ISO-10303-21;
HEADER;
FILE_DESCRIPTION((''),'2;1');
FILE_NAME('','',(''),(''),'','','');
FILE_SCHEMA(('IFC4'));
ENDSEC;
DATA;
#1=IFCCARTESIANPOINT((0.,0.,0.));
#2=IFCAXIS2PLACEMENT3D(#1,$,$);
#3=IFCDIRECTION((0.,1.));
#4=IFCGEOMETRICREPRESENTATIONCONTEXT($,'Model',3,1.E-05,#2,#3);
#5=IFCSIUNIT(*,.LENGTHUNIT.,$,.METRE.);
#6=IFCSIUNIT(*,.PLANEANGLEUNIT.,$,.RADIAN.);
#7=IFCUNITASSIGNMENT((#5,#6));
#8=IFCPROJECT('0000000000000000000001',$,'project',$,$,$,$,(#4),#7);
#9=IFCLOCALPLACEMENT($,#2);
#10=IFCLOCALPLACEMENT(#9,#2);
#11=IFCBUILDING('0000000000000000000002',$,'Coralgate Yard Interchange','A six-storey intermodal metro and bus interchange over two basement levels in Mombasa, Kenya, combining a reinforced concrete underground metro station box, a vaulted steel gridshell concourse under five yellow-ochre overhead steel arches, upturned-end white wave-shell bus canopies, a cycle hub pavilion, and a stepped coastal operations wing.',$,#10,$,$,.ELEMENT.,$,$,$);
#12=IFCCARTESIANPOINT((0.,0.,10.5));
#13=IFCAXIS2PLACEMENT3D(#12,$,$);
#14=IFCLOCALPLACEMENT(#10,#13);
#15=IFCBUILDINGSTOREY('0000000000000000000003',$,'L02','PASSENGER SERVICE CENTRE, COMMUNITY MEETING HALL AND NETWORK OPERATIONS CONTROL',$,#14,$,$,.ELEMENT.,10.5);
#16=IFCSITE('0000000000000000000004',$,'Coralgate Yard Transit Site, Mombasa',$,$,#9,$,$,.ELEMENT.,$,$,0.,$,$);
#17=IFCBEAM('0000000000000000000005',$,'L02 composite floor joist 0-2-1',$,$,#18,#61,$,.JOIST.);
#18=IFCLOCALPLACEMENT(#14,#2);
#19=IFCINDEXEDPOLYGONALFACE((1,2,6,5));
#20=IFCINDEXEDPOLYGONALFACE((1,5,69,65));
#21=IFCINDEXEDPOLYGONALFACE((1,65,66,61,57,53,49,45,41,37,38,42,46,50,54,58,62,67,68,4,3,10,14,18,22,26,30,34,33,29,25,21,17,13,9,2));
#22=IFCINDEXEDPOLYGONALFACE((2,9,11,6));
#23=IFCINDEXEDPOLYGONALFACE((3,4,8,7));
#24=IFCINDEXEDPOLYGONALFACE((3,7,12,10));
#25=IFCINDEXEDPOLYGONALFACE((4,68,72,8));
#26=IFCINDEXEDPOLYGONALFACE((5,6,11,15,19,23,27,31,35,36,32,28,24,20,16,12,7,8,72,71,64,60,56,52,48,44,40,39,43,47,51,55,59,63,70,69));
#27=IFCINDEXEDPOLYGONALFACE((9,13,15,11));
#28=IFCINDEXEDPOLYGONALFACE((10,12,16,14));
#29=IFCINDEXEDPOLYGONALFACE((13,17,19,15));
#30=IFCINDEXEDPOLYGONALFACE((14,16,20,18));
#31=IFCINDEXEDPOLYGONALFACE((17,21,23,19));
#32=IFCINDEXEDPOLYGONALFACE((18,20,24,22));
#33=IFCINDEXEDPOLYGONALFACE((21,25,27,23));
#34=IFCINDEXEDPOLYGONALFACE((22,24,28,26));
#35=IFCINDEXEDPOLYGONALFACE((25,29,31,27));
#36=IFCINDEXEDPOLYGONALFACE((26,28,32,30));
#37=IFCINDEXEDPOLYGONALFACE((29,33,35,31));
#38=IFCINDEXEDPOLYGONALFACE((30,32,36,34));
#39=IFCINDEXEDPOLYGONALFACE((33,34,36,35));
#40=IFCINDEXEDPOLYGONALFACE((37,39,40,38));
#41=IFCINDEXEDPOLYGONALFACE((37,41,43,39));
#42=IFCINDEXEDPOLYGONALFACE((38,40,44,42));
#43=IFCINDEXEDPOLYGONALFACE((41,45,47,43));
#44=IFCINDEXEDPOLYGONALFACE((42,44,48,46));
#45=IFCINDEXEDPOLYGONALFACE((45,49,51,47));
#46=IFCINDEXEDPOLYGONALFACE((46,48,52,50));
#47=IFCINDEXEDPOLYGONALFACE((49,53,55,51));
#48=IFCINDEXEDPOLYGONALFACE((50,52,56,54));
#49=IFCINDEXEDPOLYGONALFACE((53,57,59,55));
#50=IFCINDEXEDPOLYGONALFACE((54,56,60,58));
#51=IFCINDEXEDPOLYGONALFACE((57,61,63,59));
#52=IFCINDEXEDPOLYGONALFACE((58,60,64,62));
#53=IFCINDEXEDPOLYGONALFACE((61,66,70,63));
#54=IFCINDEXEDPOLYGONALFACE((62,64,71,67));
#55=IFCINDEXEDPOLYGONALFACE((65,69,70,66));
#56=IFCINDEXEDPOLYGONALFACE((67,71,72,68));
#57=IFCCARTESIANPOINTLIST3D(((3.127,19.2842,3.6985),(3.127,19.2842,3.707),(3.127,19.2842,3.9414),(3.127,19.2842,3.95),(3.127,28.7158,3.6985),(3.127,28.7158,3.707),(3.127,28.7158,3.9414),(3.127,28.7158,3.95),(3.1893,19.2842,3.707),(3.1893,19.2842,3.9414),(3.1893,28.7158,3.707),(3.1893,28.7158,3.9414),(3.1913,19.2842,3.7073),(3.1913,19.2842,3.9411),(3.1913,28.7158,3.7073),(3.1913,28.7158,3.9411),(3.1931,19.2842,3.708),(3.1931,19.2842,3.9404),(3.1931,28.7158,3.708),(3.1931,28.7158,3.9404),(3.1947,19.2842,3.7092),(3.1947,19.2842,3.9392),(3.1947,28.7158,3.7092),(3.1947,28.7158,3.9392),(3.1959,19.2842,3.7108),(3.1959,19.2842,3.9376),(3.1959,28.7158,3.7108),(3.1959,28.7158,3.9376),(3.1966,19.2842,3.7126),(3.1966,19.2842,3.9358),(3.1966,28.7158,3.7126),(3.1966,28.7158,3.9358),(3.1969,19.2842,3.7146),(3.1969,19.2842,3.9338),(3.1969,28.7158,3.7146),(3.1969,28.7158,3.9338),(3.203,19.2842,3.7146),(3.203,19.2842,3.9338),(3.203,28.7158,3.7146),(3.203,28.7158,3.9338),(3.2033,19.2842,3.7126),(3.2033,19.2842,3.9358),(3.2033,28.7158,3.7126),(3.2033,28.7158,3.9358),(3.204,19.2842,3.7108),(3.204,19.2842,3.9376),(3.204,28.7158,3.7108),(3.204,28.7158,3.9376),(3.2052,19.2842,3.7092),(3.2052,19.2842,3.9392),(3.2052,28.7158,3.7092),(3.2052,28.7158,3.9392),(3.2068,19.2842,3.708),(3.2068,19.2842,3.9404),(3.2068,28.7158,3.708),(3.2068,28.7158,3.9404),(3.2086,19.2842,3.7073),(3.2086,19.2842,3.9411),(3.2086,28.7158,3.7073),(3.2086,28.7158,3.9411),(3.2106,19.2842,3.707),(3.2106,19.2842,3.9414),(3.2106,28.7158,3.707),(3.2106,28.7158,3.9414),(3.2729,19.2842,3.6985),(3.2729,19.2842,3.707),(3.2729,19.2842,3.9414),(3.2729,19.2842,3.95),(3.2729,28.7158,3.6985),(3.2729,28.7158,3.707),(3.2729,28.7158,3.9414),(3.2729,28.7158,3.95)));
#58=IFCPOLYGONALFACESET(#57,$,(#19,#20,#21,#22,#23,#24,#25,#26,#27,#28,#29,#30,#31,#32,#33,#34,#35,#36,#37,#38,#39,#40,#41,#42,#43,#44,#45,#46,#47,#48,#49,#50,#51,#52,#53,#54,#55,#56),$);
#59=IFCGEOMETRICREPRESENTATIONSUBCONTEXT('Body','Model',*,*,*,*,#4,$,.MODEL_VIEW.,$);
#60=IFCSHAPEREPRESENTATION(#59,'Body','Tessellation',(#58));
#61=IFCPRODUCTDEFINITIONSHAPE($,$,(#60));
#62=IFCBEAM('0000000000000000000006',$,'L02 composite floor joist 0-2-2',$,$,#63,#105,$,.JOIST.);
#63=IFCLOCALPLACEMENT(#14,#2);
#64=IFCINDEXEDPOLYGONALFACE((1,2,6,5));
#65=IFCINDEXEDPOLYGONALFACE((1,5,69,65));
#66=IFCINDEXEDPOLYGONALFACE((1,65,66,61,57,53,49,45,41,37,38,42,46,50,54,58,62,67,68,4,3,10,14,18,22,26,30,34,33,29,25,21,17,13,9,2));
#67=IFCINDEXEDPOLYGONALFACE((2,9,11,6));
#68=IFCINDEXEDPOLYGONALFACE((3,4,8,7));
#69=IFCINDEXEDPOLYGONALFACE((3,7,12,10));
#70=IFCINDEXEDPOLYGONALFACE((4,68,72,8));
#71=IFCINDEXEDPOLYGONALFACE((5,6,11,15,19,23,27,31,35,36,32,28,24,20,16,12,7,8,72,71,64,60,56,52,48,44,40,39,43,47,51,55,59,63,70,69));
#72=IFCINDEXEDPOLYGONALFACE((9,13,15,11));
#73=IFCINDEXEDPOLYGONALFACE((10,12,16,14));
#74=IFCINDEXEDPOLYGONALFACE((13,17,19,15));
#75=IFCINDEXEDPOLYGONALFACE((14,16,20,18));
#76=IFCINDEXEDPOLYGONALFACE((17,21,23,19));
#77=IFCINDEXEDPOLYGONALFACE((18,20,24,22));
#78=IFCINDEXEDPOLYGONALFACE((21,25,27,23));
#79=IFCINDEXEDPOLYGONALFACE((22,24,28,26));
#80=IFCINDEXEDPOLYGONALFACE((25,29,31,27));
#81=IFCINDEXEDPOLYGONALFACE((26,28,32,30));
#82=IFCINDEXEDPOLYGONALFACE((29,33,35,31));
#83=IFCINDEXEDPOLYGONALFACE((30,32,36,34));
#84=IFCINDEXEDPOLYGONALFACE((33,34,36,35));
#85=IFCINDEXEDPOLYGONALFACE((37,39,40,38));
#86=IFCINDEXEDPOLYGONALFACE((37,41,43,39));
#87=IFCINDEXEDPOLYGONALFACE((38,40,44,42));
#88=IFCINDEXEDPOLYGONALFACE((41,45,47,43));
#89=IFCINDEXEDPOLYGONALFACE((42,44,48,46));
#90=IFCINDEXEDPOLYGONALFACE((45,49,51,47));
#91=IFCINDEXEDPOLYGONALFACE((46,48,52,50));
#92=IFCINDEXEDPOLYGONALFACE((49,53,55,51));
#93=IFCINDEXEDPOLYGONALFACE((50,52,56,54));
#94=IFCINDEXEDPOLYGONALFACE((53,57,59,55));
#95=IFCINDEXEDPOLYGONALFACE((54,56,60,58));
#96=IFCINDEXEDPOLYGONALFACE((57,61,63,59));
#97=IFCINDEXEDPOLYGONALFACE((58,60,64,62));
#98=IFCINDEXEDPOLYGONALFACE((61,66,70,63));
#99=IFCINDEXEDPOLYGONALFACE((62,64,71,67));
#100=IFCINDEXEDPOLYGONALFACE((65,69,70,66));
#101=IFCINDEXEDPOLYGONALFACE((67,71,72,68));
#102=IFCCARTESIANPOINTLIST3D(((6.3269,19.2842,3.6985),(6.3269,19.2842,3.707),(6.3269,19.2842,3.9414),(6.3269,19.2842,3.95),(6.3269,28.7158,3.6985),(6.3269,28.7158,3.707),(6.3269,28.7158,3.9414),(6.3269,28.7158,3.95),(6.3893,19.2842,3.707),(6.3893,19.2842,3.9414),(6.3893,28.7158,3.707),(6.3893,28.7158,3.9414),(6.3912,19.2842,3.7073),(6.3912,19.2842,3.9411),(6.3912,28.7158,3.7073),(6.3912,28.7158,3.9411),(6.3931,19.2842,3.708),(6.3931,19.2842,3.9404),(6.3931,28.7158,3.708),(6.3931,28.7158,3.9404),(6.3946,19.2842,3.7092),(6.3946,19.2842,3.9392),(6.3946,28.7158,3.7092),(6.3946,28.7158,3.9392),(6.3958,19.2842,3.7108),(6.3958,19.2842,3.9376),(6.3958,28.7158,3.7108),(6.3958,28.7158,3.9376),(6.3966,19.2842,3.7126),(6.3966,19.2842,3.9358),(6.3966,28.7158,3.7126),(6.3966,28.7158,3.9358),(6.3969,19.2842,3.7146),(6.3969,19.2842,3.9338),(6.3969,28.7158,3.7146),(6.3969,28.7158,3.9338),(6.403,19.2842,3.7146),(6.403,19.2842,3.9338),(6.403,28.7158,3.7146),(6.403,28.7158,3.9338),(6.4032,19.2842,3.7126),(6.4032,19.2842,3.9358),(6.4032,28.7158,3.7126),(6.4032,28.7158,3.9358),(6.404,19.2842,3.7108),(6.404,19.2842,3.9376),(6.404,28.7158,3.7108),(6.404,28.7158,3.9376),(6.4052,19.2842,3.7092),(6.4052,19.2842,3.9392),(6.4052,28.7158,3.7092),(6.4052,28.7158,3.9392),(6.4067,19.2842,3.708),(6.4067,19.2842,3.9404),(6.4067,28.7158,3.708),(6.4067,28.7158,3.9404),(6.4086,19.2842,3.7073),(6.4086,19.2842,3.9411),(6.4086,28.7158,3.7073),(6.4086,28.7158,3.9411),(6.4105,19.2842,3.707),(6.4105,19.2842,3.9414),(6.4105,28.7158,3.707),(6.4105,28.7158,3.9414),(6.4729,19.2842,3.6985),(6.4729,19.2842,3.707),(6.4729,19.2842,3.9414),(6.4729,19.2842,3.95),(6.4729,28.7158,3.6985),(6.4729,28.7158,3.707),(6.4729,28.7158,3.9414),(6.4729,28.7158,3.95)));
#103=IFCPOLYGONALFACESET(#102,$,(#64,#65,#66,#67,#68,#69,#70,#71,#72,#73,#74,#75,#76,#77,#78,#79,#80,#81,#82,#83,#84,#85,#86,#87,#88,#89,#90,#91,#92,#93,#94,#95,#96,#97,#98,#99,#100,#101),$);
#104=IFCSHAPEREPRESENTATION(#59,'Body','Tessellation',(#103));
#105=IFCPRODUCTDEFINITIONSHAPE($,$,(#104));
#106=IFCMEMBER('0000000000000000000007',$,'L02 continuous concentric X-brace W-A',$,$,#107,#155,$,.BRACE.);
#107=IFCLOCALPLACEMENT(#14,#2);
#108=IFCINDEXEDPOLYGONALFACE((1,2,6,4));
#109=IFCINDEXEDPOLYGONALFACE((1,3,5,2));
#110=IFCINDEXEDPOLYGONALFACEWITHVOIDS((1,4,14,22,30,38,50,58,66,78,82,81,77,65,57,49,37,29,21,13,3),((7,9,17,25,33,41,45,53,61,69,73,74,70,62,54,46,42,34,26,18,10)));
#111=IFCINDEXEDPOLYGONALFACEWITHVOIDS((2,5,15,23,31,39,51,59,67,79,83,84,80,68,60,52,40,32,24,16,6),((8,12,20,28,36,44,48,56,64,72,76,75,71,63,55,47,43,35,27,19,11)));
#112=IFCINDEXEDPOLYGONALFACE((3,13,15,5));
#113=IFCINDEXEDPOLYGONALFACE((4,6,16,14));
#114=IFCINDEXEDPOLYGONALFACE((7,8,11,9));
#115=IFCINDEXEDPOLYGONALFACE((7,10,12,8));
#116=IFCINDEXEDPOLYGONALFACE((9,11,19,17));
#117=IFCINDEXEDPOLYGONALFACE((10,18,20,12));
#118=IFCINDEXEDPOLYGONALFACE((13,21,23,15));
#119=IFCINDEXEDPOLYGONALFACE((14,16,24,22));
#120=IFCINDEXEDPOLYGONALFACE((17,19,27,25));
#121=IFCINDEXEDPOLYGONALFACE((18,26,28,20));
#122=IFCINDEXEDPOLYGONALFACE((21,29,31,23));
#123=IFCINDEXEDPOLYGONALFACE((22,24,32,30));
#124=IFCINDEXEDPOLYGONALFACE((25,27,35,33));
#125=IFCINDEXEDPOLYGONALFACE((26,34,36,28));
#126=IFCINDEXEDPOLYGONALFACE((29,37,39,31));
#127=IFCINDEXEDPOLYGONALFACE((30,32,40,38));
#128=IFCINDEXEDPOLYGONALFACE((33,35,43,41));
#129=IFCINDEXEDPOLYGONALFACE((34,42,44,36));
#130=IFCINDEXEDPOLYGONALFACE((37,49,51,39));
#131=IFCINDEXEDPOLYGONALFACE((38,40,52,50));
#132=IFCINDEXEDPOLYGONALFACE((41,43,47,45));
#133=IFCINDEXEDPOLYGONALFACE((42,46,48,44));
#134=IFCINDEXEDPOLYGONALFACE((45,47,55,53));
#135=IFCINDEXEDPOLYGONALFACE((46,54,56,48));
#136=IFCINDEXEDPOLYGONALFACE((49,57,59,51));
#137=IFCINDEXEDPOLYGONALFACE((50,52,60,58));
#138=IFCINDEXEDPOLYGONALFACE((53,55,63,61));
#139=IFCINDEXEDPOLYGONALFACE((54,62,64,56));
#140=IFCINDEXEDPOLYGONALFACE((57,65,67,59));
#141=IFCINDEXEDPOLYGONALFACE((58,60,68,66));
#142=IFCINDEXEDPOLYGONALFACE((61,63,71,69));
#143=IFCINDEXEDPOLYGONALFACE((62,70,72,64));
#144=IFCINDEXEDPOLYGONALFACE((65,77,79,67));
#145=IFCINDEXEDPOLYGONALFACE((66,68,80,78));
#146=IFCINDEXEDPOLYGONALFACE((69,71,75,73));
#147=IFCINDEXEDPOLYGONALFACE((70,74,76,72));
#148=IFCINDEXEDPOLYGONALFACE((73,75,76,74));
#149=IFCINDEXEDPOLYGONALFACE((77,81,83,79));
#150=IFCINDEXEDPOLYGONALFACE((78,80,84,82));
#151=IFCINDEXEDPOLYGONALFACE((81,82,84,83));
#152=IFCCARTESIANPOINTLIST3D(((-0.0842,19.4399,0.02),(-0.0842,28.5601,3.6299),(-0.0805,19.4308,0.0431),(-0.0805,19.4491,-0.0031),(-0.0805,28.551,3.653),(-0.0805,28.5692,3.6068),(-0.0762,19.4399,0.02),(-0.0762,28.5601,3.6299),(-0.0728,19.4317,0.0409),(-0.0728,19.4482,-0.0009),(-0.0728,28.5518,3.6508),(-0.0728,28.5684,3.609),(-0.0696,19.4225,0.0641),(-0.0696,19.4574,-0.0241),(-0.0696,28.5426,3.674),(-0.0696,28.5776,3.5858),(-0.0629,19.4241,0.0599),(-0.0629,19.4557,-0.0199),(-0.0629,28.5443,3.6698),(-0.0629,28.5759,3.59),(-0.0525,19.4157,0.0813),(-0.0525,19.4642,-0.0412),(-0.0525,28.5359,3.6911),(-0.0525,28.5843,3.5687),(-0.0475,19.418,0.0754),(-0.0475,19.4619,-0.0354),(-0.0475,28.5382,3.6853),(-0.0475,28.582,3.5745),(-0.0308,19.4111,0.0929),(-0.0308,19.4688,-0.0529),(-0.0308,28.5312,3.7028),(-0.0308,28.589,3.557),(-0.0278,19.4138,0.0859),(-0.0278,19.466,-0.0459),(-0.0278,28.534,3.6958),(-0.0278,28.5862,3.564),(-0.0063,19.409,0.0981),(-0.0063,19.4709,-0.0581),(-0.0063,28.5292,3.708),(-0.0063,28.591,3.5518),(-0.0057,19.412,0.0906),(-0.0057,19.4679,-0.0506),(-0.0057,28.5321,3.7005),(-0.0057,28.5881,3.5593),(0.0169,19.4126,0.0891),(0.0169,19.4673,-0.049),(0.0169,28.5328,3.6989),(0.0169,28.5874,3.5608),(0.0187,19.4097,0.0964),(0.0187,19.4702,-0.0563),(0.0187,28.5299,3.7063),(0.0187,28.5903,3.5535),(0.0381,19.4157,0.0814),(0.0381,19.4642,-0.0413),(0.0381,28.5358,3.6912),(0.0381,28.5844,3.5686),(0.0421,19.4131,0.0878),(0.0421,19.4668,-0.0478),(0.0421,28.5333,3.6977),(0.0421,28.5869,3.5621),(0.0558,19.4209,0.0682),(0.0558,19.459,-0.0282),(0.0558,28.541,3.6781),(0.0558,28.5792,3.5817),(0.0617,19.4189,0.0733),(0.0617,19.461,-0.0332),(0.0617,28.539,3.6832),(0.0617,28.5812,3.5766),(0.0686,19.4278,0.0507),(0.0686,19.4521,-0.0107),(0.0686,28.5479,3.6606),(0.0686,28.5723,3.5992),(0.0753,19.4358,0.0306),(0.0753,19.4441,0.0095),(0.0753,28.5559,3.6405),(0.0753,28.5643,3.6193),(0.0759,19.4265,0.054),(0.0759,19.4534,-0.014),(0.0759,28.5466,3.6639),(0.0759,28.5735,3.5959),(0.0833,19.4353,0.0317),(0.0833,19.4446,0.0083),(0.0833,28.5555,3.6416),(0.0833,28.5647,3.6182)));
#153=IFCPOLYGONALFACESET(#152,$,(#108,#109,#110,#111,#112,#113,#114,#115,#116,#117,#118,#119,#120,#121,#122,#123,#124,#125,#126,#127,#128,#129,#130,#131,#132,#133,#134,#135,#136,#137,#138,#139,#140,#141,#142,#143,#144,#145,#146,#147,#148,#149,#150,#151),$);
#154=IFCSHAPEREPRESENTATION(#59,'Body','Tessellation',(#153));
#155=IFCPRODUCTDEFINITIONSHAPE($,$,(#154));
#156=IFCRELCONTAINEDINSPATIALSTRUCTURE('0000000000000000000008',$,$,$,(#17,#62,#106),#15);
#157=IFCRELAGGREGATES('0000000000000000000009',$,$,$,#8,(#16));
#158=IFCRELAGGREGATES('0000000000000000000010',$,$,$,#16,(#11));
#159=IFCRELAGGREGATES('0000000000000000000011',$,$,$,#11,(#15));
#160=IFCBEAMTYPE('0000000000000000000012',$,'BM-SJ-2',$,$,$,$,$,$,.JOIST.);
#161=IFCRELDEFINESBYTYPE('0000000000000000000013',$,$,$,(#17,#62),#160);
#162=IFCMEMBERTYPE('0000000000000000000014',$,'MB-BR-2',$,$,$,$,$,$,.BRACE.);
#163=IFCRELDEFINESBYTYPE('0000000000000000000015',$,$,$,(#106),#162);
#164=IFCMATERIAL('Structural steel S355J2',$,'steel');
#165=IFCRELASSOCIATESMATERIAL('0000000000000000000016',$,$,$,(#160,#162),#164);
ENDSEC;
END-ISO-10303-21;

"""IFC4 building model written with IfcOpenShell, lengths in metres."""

from ifc_helpers import new_model, si_unit, direction, frame, origin, origin_2d, place, context, subcontext, project, spatial, hollow_circle, i_section, extrude, material, material_profile, profile_set, type_object, element, save


model = new_model("IFC4")

# Units and contexts
model_context = context("Model", 3, precision=1e-05, world=origin(), true_north=direction((0.0, 1.0)))
body_context = subcontext(model_context, "Body", "Model", "MODEL_VIEW")
ifc_project = project(units=[si_unit("LENGTHUNIT", "METRE"), si_unit("PLANEANGLEUNIT", "RADIAN")], contexts=[model_context])

# Site, building, storey
site_placement = place(None, origin())
site = spatial("IfcSite", under=ifc_project, at=site_placement, Name="Coralgate Yard Transit Site, Mombasa", CompositionType="ELEMENT", RefElevation=0.0)
building_placement = place(site_placement, origin())
building = spatial("IfcBuilding", under=site, at=building_placement, Name="Coralgate Yard Interchange", Description="A six-storey intermodal metro and bus interchange over two basement levels in Mombasa, Kenya, combining a reinforced concrete underground metro station box, a vaulted steel gridshell concourse under five yellow-ochre overhead steel arches, upturned-end white wave-shell bus canopies, a cycle hub pavilion, and a stepped coastal operations wing.", CompositionType="ELEMENT")
storey_placement = place(building_placement, frame((0.0, 0.0, 10.5)))
storey = spatial("IfcBuildingStorey", under=building, at=storey_placement, Name="L02", Description="PASSENGER SERVICE CENTRE, COMMUNITY MEETING HALL AND NETWORK OPERATIONS CONTROL", CompositionType="ELEMENT", Elevation=10.5)

# Shared definitions
ifc_material_1 = material(Name="Structural steel S355J2", Category="steel")

# Beams
ifc_material_profile_1 = material_profile(ifc_material_1, i_section(OverallWidth=0.146, OverallDepth=0.2515, WebThickness=0.0061, FlangeThickness=0.0085, FilletRadius=0.0076, at=origin_2d()), Name="UB 254x146x31")
ifc_profile_set_1 = profile_set([ifc_material_profile_1], Name="Structural steel S355J2")
beam_type_1 = type_object("IfcBeamType", Name="BM-SJ-2", PredefinedType="JOIST", material=ifc_profile_set_1)
for number, where, z_axis, x_axis, name in (
    (1, (3.2, 19.2842, 3.8242), (0.0, 1.0, 0.0), (-1.0, 0.0, 0.0), "L02 composite floor joist 0-2-1"),
    (2, (6.3999, 19.2842, 3.8242), (0.0, 1.0, 0.0), (-1.0, 0.0, 0.0), "L02 composite floor joist 0-2-2"),
):
    element("IfcBeam", number, at=place(storey_placement, frame(where, z_axis=z_axis, x_axis=x_axis)), inside=storey, type_object=beam_type_1, Name=name, PredefinedType="JOIST", context=body_context, shape_type="SweptSolid", body=[
        extrude(i_section(OverallWidth=0.146, OverallDepth=0.2515, WebThickness=0.0061, FlangeThickness=0.0085, FilletRadius=0.0076, at=origin_2d()), origin(), (0.0, 0.0, 1.0), 9.4316),
    ])

# Member
ifc_material_profile_2 = material_profile(ifc_material_1, hollow_circle(Radius=0.0842, WallThickness=0.0081, at=origin_2d()), Name="CHS 168.3x8")
ifc_profile_set_2 = profile_set([ifc_material_profile_2], Name="Structural steel S355J2")
member_type_1 = type_object("IfcMemberType", Name="MB-BR-2", PredefinedType="BRACE", material=ifc_profile_set_2)
member_1_placement = place(storey_placement, frame((0.0, 19.4399, 0.02), z_axis=(0.0, 0.929813, 0.368032), x_axis=(-1.0, 0.0, 0.0)))
element("IfcMember", 3, at=member_1_placement, inside=storey, type_object=member_type_1, Name="L02 continuous concentric X-brace W-A", PredefinedType="BRACE", context=body_context, shape_type="SweptSolid", body=[
    extrude(hollow_circle(Radius=0.0842, WallThickness=0.0081, at=origin_2d()), origin(), (0.0, 0.0, 1.0), 9.8086),
])

save(model, "model.ifc")
